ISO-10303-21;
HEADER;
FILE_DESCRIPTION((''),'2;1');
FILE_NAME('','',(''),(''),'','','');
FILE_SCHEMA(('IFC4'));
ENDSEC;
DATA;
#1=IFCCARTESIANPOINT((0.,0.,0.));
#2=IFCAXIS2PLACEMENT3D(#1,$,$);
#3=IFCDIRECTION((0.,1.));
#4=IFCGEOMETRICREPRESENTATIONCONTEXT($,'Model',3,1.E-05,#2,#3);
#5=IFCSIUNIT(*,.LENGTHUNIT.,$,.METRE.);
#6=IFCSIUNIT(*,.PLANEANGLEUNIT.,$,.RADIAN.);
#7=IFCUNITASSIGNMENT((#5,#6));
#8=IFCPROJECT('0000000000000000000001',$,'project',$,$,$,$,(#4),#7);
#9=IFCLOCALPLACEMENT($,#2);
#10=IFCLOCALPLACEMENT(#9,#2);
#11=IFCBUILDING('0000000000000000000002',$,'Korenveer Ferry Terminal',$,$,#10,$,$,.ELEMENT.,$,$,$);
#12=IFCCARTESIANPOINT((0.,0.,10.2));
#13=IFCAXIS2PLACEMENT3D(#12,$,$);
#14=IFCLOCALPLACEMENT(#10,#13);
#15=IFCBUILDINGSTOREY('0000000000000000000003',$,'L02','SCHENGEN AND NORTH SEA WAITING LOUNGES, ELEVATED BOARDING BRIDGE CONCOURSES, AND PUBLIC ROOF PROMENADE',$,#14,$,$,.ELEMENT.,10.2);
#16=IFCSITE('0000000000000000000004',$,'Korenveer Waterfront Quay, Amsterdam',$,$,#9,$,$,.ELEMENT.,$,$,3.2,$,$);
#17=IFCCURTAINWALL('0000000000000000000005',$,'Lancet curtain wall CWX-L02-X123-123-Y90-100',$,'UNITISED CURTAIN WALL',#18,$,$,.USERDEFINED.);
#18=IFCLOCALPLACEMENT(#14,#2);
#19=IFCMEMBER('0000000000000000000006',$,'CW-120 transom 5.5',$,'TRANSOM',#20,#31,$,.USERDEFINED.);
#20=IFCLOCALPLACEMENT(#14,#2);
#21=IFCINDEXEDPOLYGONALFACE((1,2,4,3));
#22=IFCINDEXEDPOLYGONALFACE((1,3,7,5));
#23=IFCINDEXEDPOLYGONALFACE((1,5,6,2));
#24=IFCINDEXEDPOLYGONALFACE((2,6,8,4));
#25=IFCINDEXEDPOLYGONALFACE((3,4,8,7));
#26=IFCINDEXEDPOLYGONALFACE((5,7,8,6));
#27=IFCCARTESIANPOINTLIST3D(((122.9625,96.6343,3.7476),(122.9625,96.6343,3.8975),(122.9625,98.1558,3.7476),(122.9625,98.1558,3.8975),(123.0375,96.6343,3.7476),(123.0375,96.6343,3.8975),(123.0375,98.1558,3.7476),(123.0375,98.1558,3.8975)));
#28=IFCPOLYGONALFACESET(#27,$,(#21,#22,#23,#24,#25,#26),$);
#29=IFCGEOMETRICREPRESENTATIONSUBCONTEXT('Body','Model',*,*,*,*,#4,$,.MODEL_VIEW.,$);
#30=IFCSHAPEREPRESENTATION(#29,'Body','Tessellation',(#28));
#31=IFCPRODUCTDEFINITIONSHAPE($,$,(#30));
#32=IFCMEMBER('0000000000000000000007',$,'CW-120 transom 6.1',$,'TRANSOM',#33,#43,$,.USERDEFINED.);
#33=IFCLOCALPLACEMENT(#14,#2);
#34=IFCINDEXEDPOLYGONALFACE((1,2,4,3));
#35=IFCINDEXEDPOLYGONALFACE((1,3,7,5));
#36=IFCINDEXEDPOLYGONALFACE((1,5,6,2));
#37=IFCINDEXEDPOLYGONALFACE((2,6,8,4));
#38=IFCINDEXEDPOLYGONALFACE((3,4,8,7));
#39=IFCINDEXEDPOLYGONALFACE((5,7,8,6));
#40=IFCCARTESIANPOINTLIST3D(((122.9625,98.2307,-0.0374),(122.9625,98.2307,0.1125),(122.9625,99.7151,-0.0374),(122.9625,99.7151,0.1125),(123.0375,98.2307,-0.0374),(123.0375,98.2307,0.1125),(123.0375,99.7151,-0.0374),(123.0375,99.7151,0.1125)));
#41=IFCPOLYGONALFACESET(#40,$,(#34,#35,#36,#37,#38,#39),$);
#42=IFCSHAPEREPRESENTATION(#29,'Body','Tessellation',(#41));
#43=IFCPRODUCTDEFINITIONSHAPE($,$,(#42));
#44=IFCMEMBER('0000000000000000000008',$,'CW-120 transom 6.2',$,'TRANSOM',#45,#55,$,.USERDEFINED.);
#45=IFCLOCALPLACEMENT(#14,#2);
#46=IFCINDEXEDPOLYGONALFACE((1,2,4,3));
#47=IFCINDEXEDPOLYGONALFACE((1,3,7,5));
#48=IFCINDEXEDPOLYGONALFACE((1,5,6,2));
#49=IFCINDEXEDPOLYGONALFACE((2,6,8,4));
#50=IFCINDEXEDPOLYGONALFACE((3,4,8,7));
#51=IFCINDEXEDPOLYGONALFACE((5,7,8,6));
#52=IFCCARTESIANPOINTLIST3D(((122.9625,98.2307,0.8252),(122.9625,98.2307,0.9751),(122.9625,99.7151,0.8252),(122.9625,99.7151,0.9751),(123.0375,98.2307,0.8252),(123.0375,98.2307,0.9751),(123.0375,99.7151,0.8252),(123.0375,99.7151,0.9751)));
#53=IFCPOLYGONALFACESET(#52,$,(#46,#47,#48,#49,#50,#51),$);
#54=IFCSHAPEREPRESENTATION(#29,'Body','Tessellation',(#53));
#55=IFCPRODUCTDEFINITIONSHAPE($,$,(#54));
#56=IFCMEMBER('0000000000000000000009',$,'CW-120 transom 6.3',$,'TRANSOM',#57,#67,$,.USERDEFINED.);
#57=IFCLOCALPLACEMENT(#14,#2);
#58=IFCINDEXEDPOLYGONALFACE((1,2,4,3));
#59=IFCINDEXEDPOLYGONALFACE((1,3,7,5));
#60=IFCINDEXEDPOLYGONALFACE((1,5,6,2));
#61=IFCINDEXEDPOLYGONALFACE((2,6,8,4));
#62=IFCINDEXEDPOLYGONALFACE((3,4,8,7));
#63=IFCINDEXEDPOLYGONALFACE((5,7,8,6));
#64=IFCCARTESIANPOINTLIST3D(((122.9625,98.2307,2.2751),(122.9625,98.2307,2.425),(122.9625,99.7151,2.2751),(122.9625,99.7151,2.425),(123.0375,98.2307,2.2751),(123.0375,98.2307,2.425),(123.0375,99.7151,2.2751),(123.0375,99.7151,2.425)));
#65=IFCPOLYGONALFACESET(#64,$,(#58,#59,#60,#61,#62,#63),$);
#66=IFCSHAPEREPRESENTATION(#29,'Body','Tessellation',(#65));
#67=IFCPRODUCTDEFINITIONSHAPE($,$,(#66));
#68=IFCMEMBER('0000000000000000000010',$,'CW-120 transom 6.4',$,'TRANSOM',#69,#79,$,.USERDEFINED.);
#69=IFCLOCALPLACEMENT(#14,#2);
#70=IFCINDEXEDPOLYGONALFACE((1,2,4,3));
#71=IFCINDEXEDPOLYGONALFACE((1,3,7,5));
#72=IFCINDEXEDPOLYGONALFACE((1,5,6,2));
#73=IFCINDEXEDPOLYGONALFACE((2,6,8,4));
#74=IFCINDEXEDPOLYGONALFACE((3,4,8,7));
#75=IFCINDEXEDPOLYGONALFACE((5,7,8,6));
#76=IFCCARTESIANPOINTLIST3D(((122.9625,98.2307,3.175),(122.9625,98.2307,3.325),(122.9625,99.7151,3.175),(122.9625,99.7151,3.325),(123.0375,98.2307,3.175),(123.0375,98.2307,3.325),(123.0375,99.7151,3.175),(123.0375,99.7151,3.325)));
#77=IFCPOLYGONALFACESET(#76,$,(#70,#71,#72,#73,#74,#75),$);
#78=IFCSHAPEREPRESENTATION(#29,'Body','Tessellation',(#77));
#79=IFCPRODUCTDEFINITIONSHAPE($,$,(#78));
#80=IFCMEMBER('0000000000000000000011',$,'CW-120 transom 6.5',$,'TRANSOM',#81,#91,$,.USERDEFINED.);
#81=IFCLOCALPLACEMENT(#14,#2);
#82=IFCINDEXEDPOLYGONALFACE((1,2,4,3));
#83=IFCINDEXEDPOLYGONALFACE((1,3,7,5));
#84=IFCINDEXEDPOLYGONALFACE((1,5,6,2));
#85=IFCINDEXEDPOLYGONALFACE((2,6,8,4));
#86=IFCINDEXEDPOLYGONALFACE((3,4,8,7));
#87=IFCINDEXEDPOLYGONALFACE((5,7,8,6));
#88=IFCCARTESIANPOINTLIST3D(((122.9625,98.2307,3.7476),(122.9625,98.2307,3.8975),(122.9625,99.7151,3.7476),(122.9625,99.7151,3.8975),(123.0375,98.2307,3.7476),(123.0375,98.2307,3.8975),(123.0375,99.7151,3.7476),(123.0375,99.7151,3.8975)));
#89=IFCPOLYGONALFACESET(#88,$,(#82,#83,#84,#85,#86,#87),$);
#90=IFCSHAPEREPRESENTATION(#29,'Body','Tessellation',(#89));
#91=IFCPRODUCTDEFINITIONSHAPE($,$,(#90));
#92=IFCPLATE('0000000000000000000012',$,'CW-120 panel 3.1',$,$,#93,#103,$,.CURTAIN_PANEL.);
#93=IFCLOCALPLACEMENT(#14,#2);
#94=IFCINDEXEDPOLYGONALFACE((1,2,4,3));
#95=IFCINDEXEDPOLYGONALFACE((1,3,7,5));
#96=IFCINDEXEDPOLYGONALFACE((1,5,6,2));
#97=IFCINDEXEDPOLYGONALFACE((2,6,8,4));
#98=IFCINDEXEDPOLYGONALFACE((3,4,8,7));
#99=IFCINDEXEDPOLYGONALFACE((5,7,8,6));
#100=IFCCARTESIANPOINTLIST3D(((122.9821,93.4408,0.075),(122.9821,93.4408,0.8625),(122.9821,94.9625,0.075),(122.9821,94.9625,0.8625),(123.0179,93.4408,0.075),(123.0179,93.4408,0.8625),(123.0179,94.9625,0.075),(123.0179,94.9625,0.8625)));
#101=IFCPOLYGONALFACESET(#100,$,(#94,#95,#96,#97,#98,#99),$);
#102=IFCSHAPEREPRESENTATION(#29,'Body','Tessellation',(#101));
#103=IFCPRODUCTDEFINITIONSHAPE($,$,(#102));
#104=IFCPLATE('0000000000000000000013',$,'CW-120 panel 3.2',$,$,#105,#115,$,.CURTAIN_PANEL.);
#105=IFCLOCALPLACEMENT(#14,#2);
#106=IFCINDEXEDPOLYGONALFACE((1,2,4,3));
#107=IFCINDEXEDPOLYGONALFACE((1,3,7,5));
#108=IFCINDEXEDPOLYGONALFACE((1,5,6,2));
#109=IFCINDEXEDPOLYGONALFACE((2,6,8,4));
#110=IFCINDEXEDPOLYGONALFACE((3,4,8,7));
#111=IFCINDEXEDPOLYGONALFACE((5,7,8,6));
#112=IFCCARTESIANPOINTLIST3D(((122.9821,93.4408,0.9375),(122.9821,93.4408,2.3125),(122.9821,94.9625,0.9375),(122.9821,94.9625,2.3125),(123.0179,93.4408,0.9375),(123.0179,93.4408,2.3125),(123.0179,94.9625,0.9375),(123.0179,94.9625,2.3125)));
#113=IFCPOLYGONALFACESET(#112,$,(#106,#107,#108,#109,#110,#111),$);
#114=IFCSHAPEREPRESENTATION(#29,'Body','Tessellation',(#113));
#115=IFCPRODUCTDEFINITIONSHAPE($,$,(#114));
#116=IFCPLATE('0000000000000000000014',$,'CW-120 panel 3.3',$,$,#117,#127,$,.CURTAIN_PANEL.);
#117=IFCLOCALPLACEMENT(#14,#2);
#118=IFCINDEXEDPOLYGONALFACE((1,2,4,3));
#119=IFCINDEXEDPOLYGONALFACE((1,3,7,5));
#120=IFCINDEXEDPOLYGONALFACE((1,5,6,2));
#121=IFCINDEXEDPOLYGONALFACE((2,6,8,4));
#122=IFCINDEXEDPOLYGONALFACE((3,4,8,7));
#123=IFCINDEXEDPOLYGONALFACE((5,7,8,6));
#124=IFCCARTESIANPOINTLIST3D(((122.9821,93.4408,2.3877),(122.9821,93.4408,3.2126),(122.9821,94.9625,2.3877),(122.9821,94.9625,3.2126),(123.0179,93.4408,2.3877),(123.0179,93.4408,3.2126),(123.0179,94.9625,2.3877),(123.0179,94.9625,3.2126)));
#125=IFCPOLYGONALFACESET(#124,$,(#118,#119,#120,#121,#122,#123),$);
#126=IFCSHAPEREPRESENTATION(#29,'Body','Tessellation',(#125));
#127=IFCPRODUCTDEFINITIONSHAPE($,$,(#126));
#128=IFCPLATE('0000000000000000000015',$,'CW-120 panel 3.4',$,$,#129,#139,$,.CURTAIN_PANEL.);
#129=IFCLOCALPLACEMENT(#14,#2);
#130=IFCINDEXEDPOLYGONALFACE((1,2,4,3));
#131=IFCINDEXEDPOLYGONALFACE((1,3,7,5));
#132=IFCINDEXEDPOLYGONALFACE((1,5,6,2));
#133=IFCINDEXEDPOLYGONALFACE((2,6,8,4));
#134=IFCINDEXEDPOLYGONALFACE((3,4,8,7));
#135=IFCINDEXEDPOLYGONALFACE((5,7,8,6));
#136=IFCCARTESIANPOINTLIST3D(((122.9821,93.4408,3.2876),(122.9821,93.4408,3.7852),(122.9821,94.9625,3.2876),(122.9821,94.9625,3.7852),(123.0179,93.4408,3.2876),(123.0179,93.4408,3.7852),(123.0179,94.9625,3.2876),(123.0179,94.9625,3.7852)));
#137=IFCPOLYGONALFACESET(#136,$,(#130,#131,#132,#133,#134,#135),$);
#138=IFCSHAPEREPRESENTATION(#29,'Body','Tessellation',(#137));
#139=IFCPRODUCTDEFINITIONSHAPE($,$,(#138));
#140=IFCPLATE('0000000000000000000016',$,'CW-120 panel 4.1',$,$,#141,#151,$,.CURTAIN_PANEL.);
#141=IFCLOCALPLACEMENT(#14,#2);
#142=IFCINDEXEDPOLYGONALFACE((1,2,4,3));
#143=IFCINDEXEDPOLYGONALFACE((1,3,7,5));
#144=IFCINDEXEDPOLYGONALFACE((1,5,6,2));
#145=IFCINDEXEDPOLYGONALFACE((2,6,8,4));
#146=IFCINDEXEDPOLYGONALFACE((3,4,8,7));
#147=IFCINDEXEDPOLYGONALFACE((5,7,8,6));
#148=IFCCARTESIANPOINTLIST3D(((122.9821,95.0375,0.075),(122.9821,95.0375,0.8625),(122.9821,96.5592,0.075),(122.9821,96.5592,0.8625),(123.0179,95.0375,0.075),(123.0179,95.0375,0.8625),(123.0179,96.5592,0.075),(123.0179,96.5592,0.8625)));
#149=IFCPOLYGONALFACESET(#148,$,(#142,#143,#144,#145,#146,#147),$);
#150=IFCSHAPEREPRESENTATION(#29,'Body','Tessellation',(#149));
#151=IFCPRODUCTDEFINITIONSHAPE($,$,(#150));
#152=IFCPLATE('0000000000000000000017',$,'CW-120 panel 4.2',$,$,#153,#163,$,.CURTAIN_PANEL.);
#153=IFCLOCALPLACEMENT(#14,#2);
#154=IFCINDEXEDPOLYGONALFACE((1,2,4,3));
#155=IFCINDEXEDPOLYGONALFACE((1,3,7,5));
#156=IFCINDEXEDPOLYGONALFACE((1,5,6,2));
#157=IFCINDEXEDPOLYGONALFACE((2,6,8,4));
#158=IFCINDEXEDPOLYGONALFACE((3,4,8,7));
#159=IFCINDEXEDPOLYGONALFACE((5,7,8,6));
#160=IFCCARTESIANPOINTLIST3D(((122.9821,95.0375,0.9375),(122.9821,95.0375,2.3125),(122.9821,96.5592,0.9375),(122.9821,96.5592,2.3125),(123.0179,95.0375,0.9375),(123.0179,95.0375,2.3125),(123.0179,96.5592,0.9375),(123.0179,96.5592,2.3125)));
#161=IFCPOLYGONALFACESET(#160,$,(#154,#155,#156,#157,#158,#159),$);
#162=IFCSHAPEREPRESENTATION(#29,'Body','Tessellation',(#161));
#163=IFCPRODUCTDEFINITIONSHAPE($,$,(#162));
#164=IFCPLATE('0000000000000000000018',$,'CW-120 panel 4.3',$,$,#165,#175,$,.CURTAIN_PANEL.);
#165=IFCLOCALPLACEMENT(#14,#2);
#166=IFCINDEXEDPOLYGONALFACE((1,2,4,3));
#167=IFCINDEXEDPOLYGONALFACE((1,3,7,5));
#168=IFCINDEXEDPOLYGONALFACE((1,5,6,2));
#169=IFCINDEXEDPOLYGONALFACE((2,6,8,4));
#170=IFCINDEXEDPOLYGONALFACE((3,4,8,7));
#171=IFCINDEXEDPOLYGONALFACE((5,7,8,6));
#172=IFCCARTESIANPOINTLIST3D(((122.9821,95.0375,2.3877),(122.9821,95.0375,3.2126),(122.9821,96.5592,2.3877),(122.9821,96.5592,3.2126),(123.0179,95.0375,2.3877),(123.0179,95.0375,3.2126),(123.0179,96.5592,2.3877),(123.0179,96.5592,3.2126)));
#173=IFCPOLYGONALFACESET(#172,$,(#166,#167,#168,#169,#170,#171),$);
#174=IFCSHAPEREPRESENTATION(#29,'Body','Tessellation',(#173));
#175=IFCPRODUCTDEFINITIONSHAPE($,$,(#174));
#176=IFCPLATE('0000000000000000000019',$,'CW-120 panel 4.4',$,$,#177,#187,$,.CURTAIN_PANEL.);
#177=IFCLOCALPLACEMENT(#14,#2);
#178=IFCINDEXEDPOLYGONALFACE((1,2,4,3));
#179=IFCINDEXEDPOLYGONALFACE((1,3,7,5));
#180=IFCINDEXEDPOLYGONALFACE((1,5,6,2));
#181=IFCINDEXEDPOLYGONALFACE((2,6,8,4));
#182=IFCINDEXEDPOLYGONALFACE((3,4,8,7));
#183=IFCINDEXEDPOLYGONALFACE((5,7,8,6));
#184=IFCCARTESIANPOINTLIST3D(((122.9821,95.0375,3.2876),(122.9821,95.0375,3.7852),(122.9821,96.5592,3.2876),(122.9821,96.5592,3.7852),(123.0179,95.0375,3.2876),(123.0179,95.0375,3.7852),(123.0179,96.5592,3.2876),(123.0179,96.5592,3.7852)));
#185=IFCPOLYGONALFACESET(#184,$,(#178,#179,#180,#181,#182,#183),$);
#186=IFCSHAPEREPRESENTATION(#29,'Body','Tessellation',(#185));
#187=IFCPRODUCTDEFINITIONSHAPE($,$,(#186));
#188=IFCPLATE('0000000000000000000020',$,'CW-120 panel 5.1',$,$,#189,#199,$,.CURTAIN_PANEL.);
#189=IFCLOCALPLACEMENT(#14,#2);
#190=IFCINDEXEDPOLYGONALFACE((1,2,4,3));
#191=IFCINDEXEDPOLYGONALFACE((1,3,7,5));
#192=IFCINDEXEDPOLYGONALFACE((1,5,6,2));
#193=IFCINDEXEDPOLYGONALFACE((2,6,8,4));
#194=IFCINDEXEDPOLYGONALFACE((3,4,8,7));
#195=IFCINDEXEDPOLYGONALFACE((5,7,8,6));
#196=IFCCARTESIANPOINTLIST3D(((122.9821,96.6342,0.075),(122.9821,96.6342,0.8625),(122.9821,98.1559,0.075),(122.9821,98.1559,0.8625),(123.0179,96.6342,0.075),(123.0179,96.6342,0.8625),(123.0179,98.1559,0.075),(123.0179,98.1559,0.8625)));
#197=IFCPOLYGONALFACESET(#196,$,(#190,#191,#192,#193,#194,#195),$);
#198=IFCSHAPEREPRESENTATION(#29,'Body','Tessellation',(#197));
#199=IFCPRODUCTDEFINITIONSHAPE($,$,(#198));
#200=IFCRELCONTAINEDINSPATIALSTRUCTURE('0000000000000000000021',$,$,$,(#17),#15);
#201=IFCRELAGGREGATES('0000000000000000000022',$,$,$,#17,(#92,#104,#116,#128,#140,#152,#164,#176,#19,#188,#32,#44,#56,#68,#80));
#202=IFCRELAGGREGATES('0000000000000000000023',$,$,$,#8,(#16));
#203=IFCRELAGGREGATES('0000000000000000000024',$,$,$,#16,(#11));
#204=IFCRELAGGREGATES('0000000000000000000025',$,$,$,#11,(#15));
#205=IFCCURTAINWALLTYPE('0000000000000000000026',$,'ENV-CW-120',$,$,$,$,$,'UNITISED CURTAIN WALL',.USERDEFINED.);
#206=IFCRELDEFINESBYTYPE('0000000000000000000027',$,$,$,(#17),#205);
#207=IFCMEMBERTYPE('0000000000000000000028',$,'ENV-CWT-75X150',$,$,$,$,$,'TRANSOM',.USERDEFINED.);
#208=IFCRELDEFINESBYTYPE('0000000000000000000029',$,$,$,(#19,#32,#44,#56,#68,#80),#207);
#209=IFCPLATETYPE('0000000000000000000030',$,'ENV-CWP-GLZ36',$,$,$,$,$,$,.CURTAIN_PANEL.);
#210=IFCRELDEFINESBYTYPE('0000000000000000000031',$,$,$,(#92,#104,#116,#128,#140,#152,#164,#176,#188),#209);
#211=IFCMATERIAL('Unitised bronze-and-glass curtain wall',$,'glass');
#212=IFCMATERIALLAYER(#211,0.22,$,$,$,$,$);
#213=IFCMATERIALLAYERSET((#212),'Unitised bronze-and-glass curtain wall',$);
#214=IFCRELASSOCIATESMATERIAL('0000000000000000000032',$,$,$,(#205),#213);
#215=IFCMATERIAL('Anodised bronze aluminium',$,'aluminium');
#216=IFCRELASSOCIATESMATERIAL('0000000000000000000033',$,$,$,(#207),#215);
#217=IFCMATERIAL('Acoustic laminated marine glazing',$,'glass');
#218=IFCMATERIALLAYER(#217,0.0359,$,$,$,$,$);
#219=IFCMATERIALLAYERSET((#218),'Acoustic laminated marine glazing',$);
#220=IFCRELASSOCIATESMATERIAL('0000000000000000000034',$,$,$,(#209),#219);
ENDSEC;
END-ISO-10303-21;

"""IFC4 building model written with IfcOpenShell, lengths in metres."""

from ifc_helpers import new_model, si_unit, direction, frame, origin, origin_2d, place, context, subcontext, project, spatial, rectangle, extrude, material, layer, layer_set, material_profile, profile_set, type_object, element, aggregate, save


model = new_model("IFC4")

# Units and contexts
model_context = context("Model", 3, precision=1e-05, world=origin(), true_north=direction((0.0, 1.0)))
body_context = subcontext(model_context, "Body", "Model", "MODEL_VIEW")
ifc_project = project(units=[si_unit("LENGTHUNIT", "METRE"), si_unit("PLANEANGLEUNIT", "RADIAN")], contexts=[model_context])

# Site, building, storey
site_placement = place(None, origin())
site = spatial("IfcSite", under=ifc_project, at=site_placement, Name="Korenveer Waterfront Quay, Amsterdam", CompositionType="ELEMENT", RefElevation=3.2)
building_placement = place(site_placement, origin())
building = spatial("IfcBuilding", under=site, at=building_placement, Name="Korenveer Ferry Terminal", CompositionType="ELEMENT")
storey_placement = place(building_placement, frame((0.0, 0.0, 10.2)))
storey = spatial("IfcBuildingStorey", under=building, at=storey_placement, Name="L02", Description="SCHENGEN AND NORTH SEA WAITING LOUNGES, ELEVATED BOARDING BRIDGE CONCOURSES, AND PUBLIC ROOF PROMENADE", CompositionType="ELEMENT", Elevation=10.2)

# Curtain wall, members, plates
ifc_material_1 = material(Name="Unitised bronze-and-glass curtain wall", Category="glass")
ifc_layer_1 = layer(ifc_material_1, 0.22)
ifc_layer_set_1 = layer_set([ifc_layer_1], Name="Unitised bronze-and-glass curtain wall")
curtain_wall_type = type_object("IfcCurtainWallType", Name="ENV-CW-120", ElementType="UNITISED CURTAIN WALL", PredefinedType="USERDEFINED", material=ifc_layer_set_1)
curtain_wall_placement = place(storey_placement, frame((123.0, 90.21, 0.0)))
curtain_wall = element("IfcCurtainWall", 1, at=curtain_wall_placement, inside=storey, type_object=curtain_wall_type, Name="Lancet curtain wall CWX-L02-X123-123-Y90-100", ObjectType="UNITISED CURTAIN WALL", PredefinedType="USERDEFINED")
ifc_material_2 = material(Name="Anodised bronze aluminium", Category="aluminium")
ifc_material_profile_1 = material_profile(ifc_material_2, rectangle(XDim=0.075, YDim=0.1499, at=origin_2d()), Name="ALU 75x150")
ifc_profile_set_1 = profile_set([ifc_material_profile_1], Name="Anodised bronze aluminium")
member_type_1 = type_object("IfcMemberType", Name="ENV-CWT-75X150", ElementType="TRANSOM", PredefinedType="USERDEFINED", material=ifc_profile_set_1)
member_1_placement = place(storey_placement, frame((123.0, 96.6343, 3.8225), z_axis=(0.0, 1.0, 0.0), x_axis=(-1.0, 0.0, 0.0)))
member_1 = element("IfcMember", 2, at=member_1_placement, type_object=member_type_1, Name="CW-120 transom 5.5", ObjectType="TRANSOM", PredefinedType="USERDEFINED", context=body_context, shape_type="SweptSolid", body=[
    extrude(rectangle(XDim=0.075, YDim=0.1499, at=origin_2d()), origin(), (0.0, 0.0, 1.0), 1.5215),
])
member_2_placement = place(storey_placement, frame((123.0, 98.2307, 0.0376), z_axis=(0.0, 1.0, 0.0), x_axis=(-1.0, 0.0, 0.0)))
member_2 = element("IfcMember", 3, at=member_2_placement, type_object=member_type_1, Name="CW-120 transom 6.1", ObjectType="TRANSOM", PredefinedType="USERDEFINED", context=body_context, shape_type="SweptSolid", body=[
    extrude(rectangle(XDim=0.075, YDim=0.1499, at=origin_2d()), origin(), (0.0, 0.0, 1.0), 1.4844),
])
member_3_placement = place(storey_placement, frame((123.0, 98.2307, 0.9001), z_axis=(0.0, 1.0, 0.0), x_axis=(-1.0, 0.0, 0.0)))
member_3 = element("IfcMember", 4, at=member_3_placement, type_object=member_type_1, Name="CW-120 transom 6.2", ObjectType="TRANSOM", PredefinedType="USERDEFINED", context=body_context, shape_type="SweptSolid", body=[
    extrude(rectangle(XDim=0.075, YDim=0.1499, at=origin_2d()), origin(), (0.0, 0.0, 1.0), 1.4844),
])
member_4_placement = place(storey_placement, frame((123.0, 98.2307, 2.3501), z_axis=(0.0, 1.0, 0.0), x_axis=(-1.0, 0.0, 0.0)))
member_4 = element("IfcMember", 5, at=member_4_placement, type_object=member_type_1, Name="CW-120 transom 6.3", ObjectType="TRANSOM", PredefinedType="USERDEFINED", context=body_context, shape_type="SweptSolid", body=[
    extrude(rectangle(XDim=0.075, YDim=0.1499, at=origin_2d()), origin(), (0.0, 0.0, 1.0), 1.4844),
])
member_5_placement = place(storey_placement, frame((123.0, 98.2307, 3.25), z_axis=(0.0, 1.0, 0.0), x_axis=(-1.0, 0.0, 0.0)))
member_5 = element("IfcMember", 6, at=member_5_placement, type_object=member_type_1, Name="CW-120 transom 6.4", ObjectType="TRANSOM", PredefinedType="USERDEFINED", context=body_context, shape_type="SweptSolid", body=[
    extrude(rectangle(XDim=0.075, YDim=0.1499, at=origin_2d()), origin(), (0.0, 0.0, 1.0), 1.4844),
])
member_6_placement = place(storey_placement, frame((123.0, 98.2307, 3.8225), z_axis=(0.0, 1.0, 0.0), x_axis=(-1.0, 0.0, 0.0)))
member_6 = element("IfcMember", 7, at=member_6_placement, type_object=member_type_1, Name="CW-120 transom 6.5", ObjectType="TRANSOM", PredefinedType="USERDEFINED", context=body_context, shape_type="SweptSolid", body=[
    extrude(rectangle(XDim=0.075, YDim=0.1499, at=origin_2d()), origin(), (0.0, 0.0, 1.0), 1.4844),
])
ifc_material_3 = material(Name="Acoustic laminated marine glazing", Category="glass")
ifc_layer_2 = layer(ifc_material_3, 0.0359)
ifc_layer_set_2 = layer_set([ifc_layer_2], Name="Acoustic laminated marine glazing")
plate_type = type_object("IfcPlateType", Name="ENV-CWP-GLZ36", PredefinedType="CURTAIN_PANEL", material=ifc_layer_set_2)
plate_1_placement = place(storey_placement, frame((123.0, 94.2017, 0.075), z_axis=(0.0, 0.0, 1.0), x_axis=(0.0, 1.0, 0.0)))
plate_1 = element("IfcPlate", 8, at=plate_1_placement, type_object=plate_type, Name="CW-120 panel 3.1", PredefinedType="CURTAIN_PANEL", context=body_context, shape_type="SweptSolid", body=[
    extrude(rectangle(XDim=1.5217, YDim=0.0359, at=origin_2d()), origin(), (0.0, 0.0, 1.0), 0.7876),
])
plate_2_placement = place(storey_placement, frame((123.0, 94.2017, 0.9375), z_axis=(0.0, 0.0, 1.0), x_axis=(0.0, 1.0, 0.0)))
plate_2 = element("IfcPlate", 9, at=plate_2_placement, type_object=plate_type, Name="CW-120 panel 3.2", PredefinedType="CURTAIN_PANEL", context=body_context, shape_type="SweptSolid", body=[
    extrude(rectangle(XDim=1.5217, YDim=0.0359, at=origin_2d()), origin(), (0.0, 0.0, 1.0), 1.375),
])
plate_3_placement = place(storey_placement, frame((123.0, 94.2017, 2.3877), z_axis=(0.0, 0.0, 1.0), x_axis=(0.0, 1.0, 0.0)))
plate_3 = element("IfcPlate", 10, at=plate_3_placement, type_object=plate_type, Name="CW-120 panel 3.3", PredefinedType="CURTAIN_PANEL", context=body_context, shape_type="SweptSolid", body=[
    extrude(rectangle(XDim=1.5217, YDim=0.0359, at=origin_2d()), origin(), (0.0, 0.0, 1.0), 0.825),
])
plate_4_placement = place(storey_placement, frame((123.0, 94.2017, 3.2876), z_axis=(0.0, 0.0, 1.0), x_axis=(0.0, 1.0, 0.0)))
plate_4 = element("IfcPlate", 11, at=plate_4_placement, type_object=plate_type, Name="CW-120 panel 3.4", PredefinedType="CURTAIN_PANEL", context=body_context, shape_type="SweptSolid", body=[
    extrude(rectangle(XDim=1.5217, YDim=0.0359, at=origin_2d()), origin(), (0.0, 0.0, 1.0), 0.4976),
])
plate_5_placement = place(storey_placement, frame((123.0, 95.7983, 0.075), z_axis=(0.0, 0.0, 1.0), x_axis=(0.0, 1.0, 0.0)))
plate_5 = element("IfcPlate", 12, at=plate_5_placement, type_object=plate_type, Name="CW-120 panel 4.1", PredefinedType="CURTAIN_PANEL", context=body_context, shape_type="SweptSolid", body=[
    extrude(rectangle(XDim=1.5217, YDim=0.0359, at=origin_2d()), origin(), (0.0, 0.0, 1.0), 0.7876),
])
plate_6_placement = place(storey_placement, frame((123.0, 95.7983, 0.9375), z_axis=(0.0, 0.0, 1.0), x_axis=(0.0, 1.0, 0.0)))
plate_6 = element("IfcPlate", 13, at=plate_6_placement, type_object=plate_type, Name="CW-120 panel 4.2", PredefinedType="CURTAIN_PANEL", context=body_context, shape_type="SweptSolid", body=[
    extrude(rectangle(XDim=1.5217, YDim=0.0359, at=origin_2d()), origin(), (0.0, 0.0, 1.0), 1.375),
])
plate_7_placement = place(storey_placement, frame((123.0, 95.7983, 2.3877), z_axis=(0.0, 0.0, 1.0), x_axis=(0.0, 1.0, 0.0)))
plate_7 = element("IfcPlate", 14, at=plate_7_placement, type_object=plate_type, Name="CW-120 panel 4.3", PredefinedType="CURTAIN_PANEL", context=body_context, shape_type="SweptSolid", body=[
    extrude(rectangle(XDim=1.5217, YDim=0.0359, at=origin_2d()), origin(), (0.0, 0.0, 1.0), 0.825),
])
plate_8_placement = place(storey_placement, frame((123.0, 95.7983, 3.2876), z_axis=(0.0, 0.0, 1.0), x_axis=(0.0, 1.0, 0.0)))
plate_8 = element("IfcPlate", 15, at=plate_8_placement, type_object=plate_type, Name="CW-120 panel 4.4", PredefinedType="CURTAIN_PANEL", context=body_context, shape_type="SweptSolid", body=[
    extrude(rectangle(XDim=1.5217, YDim=0.0359, at=origin_2d()), origin(), (0.0, 0.0, 1.0), 0.4976),
])
plate_9_placement = place(storey_placement, frame((123.0, 97.395, 0.075), z_axis=(0.0, 0.0, 1.0), x_axis=(0.0, 1.0, 0.0)))
plate_9 = element("IfcPlate", 16, at=plate_9_placement, type_object=plate_type, Name="CW-120 panel 5.1", PredefinedType="CURTAIN_PANEL", context=body_context, shape_type="SweptSolid", body=[
    extrude(rectangle(XDim=1.5217, YDim=0.0359, at=origin_2d()), origin(), (0.0, 0.0, 1.0), 0.7876),
])
aggregate(curtain_wall, [plate_1, plate_2, plate_3, plate_4, plate_5, plate_6, plate_7, plate_8, member_1, plate_9, member_2, member_3, member_4, member_5, member_6])

save(model, "model.ifc")
